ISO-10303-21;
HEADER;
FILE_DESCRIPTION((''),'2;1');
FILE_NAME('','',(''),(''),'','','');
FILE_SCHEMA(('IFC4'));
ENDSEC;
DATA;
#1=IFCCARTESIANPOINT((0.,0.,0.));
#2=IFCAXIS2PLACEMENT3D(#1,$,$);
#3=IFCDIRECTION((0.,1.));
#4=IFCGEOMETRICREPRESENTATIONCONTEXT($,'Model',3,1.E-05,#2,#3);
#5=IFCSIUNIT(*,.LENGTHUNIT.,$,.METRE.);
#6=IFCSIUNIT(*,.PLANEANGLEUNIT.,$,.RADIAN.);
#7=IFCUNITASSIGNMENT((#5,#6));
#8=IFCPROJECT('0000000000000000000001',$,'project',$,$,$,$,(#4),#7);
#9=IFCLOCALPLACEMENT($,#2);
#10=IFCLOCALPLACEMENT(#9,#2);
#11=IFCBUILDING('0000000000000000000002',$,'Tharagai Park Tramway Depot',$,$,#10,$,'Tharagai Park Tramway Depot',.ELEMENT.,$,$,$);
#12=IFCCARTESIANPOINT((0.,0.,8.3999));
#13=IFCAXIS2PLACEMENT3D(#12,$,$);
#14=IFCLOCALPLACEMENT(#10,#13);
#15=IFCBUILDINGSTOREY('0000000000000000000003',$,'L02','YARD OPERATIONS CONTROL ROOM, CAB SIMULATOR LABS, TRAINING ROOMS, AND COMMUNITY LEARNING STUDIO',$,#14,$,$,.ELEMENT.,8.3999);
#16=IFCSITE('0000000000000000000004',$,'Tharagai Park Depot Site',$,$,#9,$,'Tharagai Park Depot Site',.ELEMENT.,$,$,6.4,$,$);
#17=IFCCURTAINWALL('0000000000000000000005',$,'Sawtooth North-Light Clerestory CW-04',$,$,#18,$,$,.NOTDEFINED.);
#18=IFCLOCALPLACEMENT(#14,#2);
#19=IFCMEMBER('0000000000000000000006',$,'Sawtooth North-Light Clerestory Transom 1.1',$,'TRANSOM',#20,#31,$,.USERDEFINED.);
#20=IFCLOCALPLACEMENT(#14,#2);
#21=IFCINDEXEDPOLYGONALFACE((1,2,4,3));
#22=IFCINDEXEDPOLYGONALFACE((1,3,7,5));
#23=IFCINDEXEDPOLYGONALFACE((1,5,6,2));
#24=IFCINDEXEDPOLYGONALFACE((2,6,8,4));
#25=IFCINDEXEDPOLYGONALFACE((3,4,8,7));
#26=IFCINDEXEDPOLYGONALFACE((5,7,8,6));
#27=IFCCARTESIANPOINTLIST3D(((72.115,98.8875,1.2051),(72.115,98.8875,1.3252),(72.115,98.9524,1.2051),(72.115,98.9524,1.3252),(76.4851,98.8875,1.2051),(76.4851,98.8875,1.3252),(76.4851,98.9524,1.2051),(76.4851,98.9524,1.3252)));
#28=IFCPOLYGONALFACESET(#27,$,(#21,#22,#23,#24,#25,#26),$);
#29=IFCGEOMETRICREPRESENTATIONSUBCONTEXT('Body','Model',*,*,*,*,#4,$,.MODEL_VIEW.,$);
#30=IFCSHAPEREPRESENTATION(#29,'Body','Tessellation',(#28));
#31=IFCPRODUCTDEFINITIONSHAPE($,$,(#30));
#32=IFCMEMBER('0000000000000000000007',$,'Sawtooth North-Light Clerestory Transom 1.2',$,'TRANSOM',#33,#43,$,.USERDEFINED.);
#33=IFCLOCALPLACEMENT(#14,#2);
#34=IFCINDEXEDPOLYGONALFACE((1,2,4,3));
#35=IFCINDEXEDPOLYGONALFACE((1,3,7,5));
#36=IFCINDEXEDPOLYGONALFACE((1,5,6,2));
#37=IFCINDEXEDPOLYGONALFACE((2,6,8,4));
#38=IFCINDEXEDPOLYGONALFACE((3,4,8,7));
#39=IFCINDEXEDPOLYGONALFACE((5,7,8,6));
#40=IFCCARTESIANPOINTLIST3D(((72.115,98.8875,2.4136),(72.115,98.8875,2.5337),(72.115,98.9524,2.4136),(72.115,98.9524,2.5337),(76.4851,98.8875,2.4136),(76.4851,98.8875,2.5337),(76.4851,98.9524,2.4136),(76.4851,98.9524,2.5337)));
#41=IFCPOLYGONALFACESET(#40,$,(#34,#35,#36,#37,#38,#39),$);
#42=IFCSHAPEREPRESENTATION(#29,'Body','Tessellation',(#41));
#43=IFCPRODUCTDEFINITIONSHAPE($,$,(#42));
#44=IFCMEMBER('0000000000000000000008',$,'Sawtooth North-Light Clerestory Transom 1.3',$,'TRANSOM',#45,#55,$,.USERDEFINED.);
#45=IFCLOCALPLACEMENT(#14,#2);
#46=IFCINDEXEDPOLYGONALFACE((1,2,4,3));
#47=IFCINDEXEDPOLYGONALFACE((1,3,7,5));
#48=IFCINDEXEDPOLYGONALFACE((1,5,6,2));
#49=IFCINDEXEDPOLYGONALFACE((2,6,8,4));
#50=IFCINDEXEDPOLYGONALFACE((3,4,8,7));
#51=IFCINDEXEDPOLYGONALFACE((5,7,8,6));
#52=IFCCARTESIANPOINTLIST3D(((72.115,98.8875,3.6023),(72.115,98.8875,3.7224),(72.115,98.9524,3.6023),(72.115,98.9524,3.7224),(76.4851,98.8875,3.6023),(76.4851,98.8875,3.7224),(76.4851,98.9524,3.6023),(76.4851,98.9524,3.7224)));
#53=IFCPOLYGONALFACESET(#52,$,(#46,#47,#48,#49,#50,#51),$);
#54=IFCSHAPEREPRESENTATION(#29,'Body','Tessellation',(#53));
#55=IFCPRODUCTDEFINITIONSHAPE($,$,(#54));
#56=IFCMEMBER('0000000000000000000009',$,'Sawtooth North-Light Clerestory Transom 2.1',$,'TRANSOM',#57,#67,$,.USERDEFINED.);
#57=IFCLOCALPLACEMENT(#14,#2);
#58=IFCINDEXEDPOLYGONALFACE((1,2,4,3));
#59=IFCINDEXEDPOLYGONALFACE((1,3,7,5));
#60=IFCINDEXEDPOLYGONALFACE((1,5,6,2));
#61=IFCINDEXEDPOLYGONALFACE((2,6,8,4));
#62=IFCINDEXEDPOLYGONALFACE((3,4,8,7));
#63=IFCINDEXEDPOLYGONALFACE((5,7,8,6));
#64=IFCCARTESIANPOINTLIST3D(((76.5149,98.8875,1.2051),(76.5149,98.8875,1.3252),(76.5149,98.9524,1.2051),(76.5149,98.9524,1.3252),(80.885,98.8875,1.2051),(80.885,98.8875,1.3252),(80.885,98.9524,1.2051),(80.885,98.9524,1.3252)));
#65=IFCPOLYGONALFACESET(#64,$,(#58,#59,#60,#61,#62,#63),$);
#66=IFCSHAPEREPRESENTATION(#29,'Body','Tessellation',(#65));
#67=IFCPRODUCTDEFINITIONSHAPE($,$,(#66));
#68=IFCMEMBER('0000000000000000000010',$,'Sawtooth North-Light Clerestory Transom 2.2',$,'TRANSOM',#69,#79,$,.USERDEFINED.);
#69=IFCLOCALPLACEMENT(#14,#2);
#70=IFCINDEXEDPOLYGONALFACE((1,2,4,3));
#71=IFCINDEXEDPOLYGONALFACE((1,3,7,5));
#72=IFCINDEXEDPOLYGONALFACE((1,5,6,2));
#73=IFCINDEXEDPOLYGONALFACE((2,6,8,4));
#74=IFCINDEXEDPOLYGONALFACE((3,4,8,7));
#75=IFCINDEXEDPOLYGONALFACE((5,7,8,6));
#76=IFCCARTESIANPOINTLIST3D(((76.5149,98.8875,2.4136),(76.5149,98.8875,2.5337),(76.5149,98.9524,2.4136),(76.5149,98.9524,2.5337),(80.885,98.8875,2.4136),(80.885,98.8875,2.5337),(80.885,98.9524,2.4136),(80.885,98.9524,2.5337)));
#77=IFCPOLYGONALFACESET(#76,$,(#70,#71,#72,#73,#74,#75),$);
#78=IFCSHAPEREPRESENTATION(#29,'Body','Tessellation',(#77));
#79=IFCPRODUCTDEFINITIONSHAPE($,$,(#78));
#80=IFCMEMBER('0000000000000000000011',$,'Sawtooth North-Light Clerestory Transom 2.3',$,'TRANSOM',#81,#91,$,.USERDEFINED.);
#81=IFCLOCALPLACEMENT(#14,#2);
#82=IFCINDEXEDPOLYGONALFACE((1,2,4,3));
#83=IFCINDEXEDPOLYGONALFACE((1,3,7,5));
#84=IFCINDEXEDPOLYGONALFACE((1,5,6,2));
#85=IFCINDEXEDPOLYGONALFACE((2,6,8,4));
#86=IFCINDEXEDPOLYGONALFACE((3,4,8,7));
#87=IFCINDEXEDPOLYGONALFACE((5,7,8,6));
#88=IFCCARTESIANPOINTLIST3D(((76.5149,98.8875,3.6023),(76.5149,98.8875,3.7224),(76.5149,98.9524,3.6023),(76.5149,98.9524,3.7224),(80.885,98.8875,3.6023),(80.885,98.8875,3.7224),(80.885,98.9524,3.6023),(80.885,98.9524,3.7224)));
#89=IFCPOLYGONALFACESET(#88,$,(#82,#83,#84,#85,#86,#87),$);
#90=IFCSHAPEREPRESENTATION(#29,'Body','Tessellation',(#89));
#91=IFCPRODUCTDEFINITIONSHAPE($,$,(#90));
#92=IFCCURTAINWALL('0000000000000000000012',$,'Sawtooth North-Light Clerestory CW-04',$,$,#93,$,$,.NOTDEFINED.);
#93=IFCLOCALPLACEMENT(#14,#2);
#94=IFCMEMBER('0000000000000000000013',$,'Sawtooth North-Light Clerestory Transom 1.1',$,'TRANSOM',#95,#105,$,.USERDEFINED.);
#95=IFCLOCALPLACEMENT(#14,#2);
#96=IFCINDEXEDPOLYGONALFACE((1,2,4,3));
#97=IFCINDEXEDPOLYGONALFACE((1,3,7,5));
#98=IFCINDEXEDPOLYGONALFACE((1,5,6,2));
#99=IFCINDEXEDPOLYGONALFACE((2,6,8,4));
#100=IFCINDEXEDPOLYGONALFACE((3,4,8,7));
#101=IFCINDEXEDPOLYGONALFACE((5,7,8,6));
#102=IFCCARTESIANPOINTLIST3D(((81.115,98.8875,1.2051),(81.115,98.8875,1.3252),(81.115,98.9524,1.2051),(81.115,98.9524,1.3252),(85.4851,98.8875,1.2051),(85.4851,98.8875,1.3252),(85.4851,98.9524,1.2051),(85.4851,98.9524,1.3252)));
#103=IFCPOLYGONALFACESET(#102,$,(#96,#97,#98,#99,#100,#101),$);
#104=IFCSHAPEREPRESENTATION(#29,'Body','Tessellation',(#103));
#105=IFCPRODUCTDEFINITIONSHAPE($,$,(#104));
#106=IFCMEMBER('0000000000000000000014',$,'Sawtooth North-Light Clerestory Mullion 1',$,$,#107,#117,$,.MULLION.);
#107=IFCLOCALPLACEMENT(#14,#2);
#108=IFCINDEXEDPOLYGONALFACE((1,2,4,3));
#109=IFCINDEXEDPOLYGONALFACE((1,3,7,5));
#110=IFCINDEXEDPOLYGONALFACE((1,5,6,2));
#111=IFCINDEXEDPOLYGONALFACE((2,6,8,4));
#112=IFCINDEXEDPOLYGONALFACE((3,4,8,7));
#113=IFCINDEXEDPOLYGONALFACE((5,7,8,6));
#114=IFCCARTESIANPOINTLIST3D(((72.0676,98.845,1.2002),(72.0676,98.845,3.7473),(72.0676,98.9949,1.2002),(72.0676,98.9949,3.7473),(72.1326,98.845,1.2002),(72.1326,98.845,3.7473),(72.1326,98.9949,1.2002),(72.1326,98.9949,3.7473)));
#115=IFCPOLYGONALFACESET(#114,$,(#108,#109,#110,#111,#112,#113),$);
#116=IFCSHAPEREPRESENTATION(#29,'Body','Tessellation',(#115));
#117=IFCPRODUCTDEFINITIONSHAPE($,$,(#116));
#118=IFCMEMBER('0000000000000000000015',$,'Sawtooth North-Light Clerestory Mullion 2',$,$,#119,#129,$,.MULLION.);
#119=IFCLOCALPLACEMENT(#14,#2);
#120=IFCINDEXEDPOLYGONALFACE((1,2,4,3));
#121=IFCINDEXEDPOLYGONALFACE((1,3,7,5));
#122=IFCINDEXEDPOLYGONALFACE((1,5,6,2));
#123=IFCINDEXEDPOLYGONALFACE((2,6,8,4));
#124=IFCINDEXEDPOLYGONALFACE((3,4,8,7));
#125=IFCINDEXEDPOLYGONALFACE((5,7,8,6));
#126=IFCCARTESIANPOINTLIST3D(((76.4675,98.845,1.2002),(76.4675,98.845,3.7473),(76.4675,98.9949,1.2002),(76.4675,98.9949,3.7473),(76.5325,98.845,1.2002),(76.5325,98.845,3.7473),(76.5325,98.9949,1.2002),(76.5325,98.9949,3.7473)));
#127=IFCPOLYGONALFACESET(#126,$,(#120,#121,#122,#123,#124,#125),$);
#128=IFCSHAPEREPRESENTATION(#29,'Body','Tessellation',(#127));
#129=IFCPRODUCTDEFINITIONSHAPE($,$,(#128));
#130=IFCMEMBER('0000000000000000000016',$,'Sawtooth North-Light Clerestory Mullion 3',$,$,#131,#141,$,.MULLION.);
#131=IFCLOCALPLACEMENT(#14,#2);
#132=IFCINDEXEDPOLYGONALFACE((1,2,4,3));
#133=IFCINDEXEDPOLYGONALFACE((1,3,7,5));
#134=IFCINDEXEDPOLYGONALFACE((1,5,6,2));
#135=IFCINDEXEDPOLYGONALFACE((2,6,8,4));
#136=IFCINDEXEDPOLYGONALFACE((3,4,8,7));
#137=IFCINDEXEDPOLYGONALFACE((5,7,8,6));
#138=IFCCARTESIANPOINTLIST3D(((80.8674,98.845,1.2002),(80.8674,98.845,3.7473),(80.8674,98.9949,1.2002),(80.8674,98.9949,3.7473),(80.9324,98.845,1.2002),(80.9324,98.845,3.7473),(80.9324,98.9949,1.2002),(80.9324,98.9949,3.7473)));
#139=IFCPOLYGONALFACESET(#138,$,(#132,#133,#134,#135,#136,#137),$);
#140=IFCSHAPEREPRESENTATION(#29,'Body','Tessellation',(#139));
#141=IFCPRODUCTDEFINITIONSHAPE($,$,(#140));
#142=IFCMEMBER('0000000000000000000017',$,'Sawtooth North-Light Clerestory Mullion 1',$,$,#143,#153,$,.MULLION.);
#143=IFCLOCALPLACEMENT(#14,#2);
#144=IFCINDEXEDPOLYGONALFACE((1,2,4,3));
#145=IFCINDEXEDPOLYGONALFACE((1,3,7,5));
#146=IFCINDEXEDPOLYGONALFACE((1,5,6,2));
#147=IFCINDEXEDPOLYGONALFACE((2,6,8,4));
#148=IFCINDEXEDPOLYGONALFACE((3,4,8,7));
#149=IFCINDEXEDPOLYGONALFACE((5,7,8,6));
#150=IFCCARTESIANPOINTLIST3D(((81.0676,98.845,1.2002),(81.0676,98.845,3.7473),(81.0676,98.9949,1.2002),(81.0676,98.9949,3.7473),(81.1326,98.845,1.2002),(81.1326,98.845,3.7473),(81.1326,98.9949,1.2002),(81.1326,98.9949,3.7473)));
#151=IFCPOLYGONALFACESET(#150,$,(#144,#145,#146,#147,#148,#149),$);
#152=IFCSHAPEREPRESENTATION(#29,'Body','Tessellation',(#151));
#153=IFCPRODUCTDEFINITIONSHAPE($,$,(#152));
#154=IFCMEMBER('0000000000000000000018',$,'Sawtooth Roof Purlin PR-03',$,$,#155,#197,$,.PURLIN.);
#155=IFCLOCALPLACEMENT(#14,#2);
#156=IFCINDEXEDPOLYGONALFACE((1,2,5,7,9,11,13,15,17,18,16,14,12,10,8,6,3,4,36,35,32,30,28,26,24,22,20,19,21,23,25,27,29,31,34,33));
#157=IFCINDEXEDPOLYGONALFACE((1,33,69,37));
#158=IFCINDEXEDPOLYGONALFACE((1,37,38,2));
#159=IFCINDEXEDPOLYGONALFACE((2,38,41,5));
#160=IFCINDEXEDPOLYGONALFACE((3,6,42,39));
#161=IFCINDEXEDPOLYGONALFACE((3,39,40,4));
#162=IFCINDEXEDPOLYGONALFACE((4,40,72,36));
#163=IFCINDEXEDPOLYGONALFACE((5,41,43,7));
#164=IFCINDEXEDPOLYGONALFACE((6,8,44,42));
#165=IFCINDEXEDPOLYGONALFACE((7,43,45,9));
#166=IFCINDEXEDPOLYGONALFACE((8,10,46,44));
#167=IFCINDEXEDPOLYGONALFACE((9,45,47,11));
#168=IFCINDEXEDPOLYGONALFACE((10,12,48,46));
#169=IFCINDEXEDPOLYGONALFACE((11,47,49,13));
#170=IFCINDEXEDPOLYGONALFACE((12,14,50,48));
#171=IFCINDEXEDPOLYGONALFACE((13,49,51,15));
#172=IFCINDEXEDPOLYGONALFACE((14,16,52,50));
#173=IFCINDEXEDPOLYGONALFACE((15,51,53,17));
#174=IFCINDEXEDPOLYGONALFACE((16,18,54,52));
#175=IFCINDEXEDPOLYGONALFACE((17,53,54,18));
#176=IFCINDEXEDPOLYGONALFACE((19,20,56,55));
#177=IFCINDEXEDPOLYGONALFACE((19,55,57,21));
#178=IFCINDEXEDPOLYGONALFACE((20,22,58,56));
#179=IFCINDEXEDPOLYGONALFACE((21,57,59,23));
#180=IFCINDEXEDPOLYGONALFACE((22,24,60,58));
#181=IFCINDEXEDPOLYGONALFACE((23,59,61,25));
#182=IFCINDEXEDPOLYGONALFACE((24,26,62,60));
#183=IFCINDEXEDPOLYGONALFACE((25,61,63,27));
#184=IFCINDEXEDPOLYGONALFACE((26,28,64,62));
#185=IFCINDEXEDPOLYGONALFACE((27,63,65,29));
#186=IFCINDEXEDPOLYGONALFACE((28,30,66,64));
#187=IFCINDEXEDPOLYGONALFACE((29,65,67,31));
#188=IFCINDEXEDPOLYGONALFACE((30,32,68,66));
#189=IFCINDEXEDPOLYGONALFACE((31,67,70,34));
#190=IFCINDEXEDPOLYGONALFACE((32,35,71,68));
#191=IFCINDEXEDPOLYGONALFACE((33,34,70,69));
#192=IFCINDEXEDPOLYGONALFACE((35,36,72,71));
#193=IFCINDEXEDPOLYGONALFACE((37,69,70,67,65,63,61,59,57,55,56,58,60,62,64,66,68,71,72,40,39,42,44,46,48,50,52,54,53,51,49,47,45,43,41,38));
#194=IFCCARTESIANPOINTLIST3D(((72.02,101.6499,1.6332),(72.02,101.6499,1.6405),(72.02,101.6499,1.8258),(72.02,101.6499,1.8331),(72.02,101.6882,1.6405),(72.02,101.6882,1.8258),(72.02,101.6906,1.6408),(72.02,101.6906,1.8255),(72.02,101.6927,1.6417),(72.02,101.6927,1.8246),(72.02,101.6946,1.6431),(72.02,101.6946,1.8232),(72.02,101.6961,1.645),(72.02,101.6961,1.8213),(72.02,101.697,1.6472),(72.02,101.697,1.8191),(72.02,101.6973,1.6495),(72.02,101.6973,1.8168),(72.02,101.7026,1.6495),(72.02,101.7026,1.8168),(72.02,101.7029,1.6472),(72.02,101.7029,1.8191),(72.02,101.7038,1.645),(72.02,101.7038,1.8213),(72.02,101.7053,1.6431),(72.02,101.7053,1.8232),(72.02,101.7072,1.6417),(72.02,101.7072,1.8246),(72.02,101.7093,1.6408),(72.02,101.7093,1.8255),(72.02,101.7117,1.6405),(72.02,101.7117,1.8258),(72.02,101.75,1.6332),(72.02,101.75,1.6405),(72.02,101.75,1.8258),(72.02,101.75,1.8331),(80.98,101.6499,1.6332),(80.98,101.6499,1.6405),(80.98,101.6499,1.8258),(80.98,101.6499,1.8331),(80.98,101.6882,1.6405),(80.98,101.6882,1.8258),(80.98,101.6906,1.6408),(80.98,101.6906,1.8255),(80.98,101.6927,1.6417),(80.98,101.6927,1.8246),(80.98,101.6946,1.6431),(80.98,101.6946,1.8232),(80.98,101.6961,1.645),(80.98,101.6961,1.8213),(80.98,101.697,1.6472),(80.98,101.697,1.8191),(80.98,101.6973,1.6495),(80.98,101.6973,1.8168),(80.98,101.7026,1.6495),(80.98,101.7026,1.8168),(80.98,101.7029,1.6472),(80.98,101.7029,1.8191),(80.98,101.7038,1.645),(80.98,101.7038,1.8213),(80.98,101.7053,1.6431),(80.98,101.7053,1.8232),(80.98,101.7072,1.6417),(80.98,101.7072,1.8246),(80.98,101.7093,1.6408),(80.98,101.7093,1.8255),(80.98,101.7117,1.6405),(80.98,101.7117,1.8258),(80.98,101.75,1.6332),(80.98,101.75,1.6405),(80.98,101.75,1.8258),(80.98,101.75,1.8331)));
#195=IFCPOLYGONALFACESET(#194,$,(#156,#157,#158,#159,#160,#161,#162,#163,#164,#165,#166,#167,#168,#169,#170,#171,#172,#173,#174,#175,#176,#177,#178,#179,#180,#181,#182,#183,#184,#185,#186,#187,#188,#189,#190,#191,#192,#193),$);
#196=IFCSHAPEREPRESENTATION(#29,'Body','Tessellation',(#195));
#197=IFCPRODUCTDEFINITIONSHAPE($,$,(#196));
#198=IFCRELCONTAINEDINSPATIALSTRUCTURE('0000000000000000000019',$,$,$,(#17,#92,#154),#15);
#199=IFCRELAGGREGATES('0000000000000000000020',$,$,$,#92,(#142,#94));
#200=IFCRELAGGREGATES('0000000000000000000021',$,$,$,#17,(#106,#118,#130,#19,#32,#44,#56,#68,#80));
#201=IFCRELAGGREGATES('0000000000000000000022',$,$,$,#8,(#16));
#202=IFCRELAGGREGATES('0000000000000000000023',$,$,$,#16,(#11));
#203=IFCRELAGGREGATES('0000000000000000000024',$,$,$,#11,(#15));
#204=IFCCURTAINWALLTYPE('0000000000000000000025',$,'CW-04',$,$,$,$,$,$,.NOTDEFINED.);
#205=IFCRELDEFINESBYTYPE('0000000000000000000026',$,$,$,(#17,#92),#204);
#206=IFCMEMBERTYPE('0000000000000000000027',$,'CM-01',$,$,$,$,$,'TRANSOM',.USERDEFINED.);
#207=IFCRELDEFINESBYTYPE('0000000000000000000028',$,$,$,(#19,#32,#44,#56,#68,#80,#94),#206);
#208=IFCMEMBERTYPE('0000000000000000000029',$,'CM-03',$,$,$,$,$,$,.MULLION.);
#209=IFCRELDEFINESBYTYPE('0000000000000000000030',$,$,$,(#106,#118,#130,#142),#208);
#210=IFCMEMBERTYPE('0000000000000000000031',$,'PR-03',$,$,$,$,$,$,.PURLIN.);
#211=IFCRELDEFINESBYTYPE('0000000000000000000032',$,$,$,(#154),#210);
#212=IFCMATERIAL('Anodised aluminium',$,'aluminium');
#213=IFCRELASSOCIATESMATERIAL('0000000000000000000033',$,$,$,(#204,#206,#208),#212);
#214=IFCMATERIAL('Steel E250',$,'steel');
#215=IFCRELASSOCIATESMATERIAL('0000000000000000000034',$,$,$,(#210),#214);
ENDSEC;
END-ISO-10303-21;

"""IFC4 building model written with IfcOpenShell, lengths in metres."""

from ifc_helpers import new_model, si_unit, direction, frame, origin, origin_2d, place, context, subcontext, project, spatial, rectangle, i_section, extrude, material, material_profile, profile_set, type_object, element, aggregate, save


model = new_model("IFC4")

# Units and contexts
model_context = context("Model", 3, precision=1e-05, world=origin(), true_north=direction((0.0, 1.0)))
body_context = subcontext(model_context, "Body", "Model", "MODEL_VIEW")
ifc_project = project(units=[si_unit("LENGTHUNIT", "METRE"), si_unit("PLANEANGLEUNIT", "RADIAN")], contexts=[model_context])

# Site, building, storey
site_placement = place(None, origin())
site = spatial("IfcSite", under=ifc_project, at=site_placement, Name="Tharagai Park Depot Site", LongName="Tharagai Park Depot Site", CompositionType="ELEMENT", RefElevation=6.4)
building_placement = place(site_placement, origin())
building = spatial("IfcBuilding", under=site, at=building_placement, Name="Tharagai Park Tramway Depot", LongName="Tharagai Park Tramway Depot", CompositionType="ELEMENT")
storey_placement = place(building_placement, frame((0.0, 0.0, 8.3999)))
storey = spatial("IfcBuildingStorey", under=building, at=storey_placement, Name="L02", Description="YARD OPERATIONS CONTROL ROOM, CAB SIMULATOR LABS, TRAINING ROOMS, AND COMMUNITY LEARNING STUDIO", CompositionType="ELEMENT", Elevation=8.3999)

# Curtain wall, members
ifc_material_1 = material(Name="Anodised aluminium", Category="aluminium")
curtain_wall_type = type_object("IfcCurtainWallType", Name="CW-04", PredefinedType="NOTDEFINED", material=ifc_material_1)
curtain_wall_1_placement = place(storey_placement, origin())
curtain_wall_1 = element("IfcCurtainWall", 1, at=curtain_wall_1_placement, inside=storey, type_object=curtain_wall_type, Name="Sawtooth North-Light Clerestory CW-04", PredefinedType="NOTDEFINED")
ifc_material_profile_1 = material_profile(ifc_material_1, rectangle(XDim=0.0649, YDim=0.1201, at=origin_2d()), Name="ALU 65x120")
ifc_profile_set_1 = profile_set([ifc_material_profile_1], Name="Anodised aluminium")
member_type_1 = type_object("IfcMemberType", Name="CM-01", ElementType="TRANSOM", PredefinedType="USERDEFINED", material=ifc_profile_set_1)
member_1_placement = place(storey_placement, frame((72.115, 98.9199, 1.2651), z_axis=(1.0, 0.0, 0.0), x_axis=(0.0, 1.0, 0.0)))
member_1 = element("IfcMember", 2, at=member_1_placement, type_object=member_type_1, Name="Sawtooth North-Light Clerestory Transom 1.1", ObjectType="TRANSOM", PredefinedType="USERDEFINED", context=body_context, shape_type="SweptSolid", body=[
    extrude(rectangle(XDim=0.0649, YDim=0.1201, at=origin_2d()), origin(), (0.0, 0.0, 1.0), 4.3701),
])
member_2_placement = place(storey_placement, frame((72.115, 98.9199, 2.4736), z_axis=(1.0, 0.0, 0.0), x_axis=(0.0, 1.0, 0.0)))
member_2 = element("IfcMember", 3, at=member_2_placement, type_object=member_type_1, Name="Sawtooth North-Light Clerestory Transom 1.2", ObjectType="TRANSOM", PredefinedType="USERDEFINED", context=body_context, shape_type="SweptSolid", body=[
    extrude(rectangle(XDim=0.0649, YDim=0.1201, at=origin_2d()), origin(), (0.0, 0.0, 1.0), 4.3701),
])
member_3_placement = place(storey_placement, frame((72.115, 98.9199, 3.6624), z_axis=(1.0, 0.0, 0.0), x_axis=(0.0, 1.0, 0.0)))
member_3 = element("IfcMember", 4, at=member_3_placement, type_object=member_type_1, Name="Sawtooth North-Light Clerestory Transom 1.3", ObjectType="TRANSOM", PredefinedType="USERDEFINED", context=body_context, shape_type="SweptSolid", body=[
    extrude(rectangle(XDim=0.0649, YDim=0.1201, at=origin_2d()), origin(), (0.0, 0.0, 1.0), 4.3701),
])
member_4_placement = place(storey_placement, frame((76.5149, 98.9199, 1.2651), z_axis=(1.0, 0.0, 0.0), x_axis=(0.0, 1.0, 0.0)))
member_4 = element("IfcMember", 5, at=member_4_placement, type_object=member_type_1, Name="Sawtooth North-Light Clerestory Transom 2.1", ObjectType="TRANSOM", PredefinedType="USERDEFINED", context=body_context, shape_type="SweptSolid", body=[
    extrude(rectangle(XDim=0.0649, YDim=0.1201, at=origin_2d()), origin(), (0.0, 0.0, 1.0), 4.3701),
])
member_5_placement = place(storey_placement, frame((76.5149, 98.9199, 2.4736), z_axis=(1.0, 0.0, 0.0), x_axis=(0.0, 1.0, 0.0)))
member_5 = element("IfcMember", 6, at=member_5_placement, type_object=member_type_1, Name="Sawtooth North-Light Clerestory Transom 2.2", ObjectType="TRANSOM", PredefinedType="USERDEFINED", context=body_context, shape_type="SweptSolid", body=[
    extrude(rectangle(XDim=0.0649, YDim=0.1201, at=origin_2d()), origin(), (0.0, 0.0, 1.0), 4.3701),
])
member_6_placement = place(storey_placement, frame((76.5149, 98.9199, 3.6624), z_axis=(1.0, 0.0, 0.0), x_axis=(0.0, 1.0, 0.0)))
member_6 = element("IfcMember", 7, at=member_6_placement, type_object=member_type_1, Name="Sawtooth North-Light Clerestory Transom 2.3", ObjectType="TRANSOM", PredefinedType="USERDEFINED", context=body_context, shape_type="SweptSolid", body=[
    extrude(rectangle(XDim=0.0649, YDim=0.1201, at=origin_2d()), origin(), (0.0, 0.0, 1.0), 4.3701),
])

# Curtain wall, member
curtain_wall_2_placement = place(storey_placement, origin())
curtain_wall_2 = element("IfcCurtainWall", 8, at=curtain_wall_2_placement, inside=storey, type_object=curtain_wall_type, Name="Sawtooth North-Light Clerestory CW-04", PredefinedType="NOTDEFINED")
member_7_placement = place(storey_placement, frame((81.115, 98.9199, 1.2651), z_axis=(1.0, 0.0, 0.0), x_axis=(0.0, 1.0, 0.0)))
member_7 = element("IfcMember", 9, at=member_7_placement, type_object=member_type_1, Name="Sawtooth North-Light Clerestory Transom 1.1", ObjectType="TRANSOM", PredefinedType="USERDEFINED", context=body_context, shape_type="SweptSolid", body=[
    extrude(rectangle(XDim=0.0649, YDim=0.1201, at=origin_2d()), origin(), (0.0, 0.0, 1.0), 4.3701),
])

# Members
ifc_material_profile_2 = material_profile(ifc_material_1, rectangle(XDim=0.0649, YDim=0.1499, at=origin_2d()), Name="ALU 65x150")
ifc_profile_set_2 = profile_set([ifc_material_profile_2], Name="Anodised aluminium")
member_type_2 = type_object("IfcMemberType", Name="CM-03", PredefinedType="MULLION", material=ifc_profile_set_2)
member_8_placement = place(storey_placement, frame((72.1001, 98.9199, 1.2002), z_axis=(0.0, 0.0, 1.0), x_axis=(1.0, 0.0, 0.0)))
member_8 = element("IfcMember", 10, at=member_8_placement, type_object=member_type_2, Name="Sawtooth North-Light Clerestory Mullion 1", PredefinedType="MULLION", context=body_context, shape_type="SweptSolid", body=[
    extrude(rectangle(XDim=0.0649, YDim=0.1499, at=origin_2d()), origin(), (0.0, 0.0, 1.0), 2.5471),
])
member_9_placement = place(storey_placement, frame((76.5, 98.9199, 1.2002), z_axis=(0.0, 0.0, 1.0), x_axis=(1.0, 0.0, 0.0)))
member_9 = element("IfcMember", 11, at=member_9_placement, type_object=member_type_2, Name="Sawtooth North-Light Clerestory Mullion 2", PredefinedType="MULLION", context=body_context, shape_type="SweptSolid", body=[
    extrude(rectangle(XDim=0.0649, YDim=0.1499, at=origin_2d()), origin(), (0.0, 0.0, 1.0), 2.5471),
])
member_10_placement = place(storey_placement, frame((80.8999, 98.9199, 1.2002), z_axis=(0.0, 0.0, 1.0), x_axis=(1.0, 0.0, 0.0)))
member_10 = element("IfcMember", 12, at=member_10_placement, type_object=member_type_2, Name="Sawtooth North-Light Clerestory Mullion 3", PredefinedType="MULLION", context=body_context, shape_type="SweptSolid", body=[
    extrude(rectangle(XDim=0.0649, YDim=0.1499, at=origin_2d()), origin(), (0.0, 0.0, 1.0), 2.5471),
])
member_11_placement = place(storey_placement, frame((81.1001, 98.9199, 1.2002), z_axis=(0.0, 0.0, 1.0), x_axis=(1.0, 0.0, 0.0)))
member_11 = element("IfcMember", 13, at=member_11_placement, type_object=member_type_2, Name="Sawtooth North-Light Clerestory Mullion 1", PredefinedType="MULLION", context=body_context, shape_type="SweptSolid", body=[
    extrude(rectangle(XDim=0.0649, YDim=0.1499, at=origin_2d()), origin(), (0.0, 0.0, 1.0), 2.5471),
])
aggregate(curtain_wall_2, [member_11, member_7])

# Member
ifc_material_2 = material(Name="Steel E250", Category="steel")
ifc_material_profile_3 = material_profile(ifc_material_2, i_section(OverallWidth=0.1001, OverallDepth=0.2, WebThickness=0.0054, FlangeThickness=0.0073, FilletRadius=0.009, at=origin_2d()), Name="ISLB 200")
ifc_profile_set_3 = profile_set([ifc_material_profile_3], Name="Steel E250")
member_type_3 = type_object("IfcMemberType", Name="PR-03", PredefinedType="PURLIN", material=ifc_profile_set_3)
for number, where, z_axis, x_axis, name in (
    (14, (72.02, 101.7, 1.7332), (1.0, 0.0, 0.0), (0.0, 1.0, 0.0), "Sawtooth Roof Purlin PR-03"),
):
    element("IfcMember", number, at=place(storey_placement, frame(where, z_axis=z_axis, x_axis=x_axis)), inside=storey, type_object=member_type_3, Name=name, PredefinedType="PURLIN", context=body_context, shape_type="SweptSolid", body=[
        extrude(i_section(OverallWidth=0.1001, OverallDepth=0.2, WebThickness=0.0054, FlangeThickness=0.0073, FilletRadius=0.009, at=origin_2d()), origin(), (0.0, 0.0, 1.0), 8.96),
    ])

aggregate(curtain_wall_1, [member_8, member_9, member_10, member_1, member_2, member_3, member_4, member_5, member_6])

save(model, "model.ifc")
